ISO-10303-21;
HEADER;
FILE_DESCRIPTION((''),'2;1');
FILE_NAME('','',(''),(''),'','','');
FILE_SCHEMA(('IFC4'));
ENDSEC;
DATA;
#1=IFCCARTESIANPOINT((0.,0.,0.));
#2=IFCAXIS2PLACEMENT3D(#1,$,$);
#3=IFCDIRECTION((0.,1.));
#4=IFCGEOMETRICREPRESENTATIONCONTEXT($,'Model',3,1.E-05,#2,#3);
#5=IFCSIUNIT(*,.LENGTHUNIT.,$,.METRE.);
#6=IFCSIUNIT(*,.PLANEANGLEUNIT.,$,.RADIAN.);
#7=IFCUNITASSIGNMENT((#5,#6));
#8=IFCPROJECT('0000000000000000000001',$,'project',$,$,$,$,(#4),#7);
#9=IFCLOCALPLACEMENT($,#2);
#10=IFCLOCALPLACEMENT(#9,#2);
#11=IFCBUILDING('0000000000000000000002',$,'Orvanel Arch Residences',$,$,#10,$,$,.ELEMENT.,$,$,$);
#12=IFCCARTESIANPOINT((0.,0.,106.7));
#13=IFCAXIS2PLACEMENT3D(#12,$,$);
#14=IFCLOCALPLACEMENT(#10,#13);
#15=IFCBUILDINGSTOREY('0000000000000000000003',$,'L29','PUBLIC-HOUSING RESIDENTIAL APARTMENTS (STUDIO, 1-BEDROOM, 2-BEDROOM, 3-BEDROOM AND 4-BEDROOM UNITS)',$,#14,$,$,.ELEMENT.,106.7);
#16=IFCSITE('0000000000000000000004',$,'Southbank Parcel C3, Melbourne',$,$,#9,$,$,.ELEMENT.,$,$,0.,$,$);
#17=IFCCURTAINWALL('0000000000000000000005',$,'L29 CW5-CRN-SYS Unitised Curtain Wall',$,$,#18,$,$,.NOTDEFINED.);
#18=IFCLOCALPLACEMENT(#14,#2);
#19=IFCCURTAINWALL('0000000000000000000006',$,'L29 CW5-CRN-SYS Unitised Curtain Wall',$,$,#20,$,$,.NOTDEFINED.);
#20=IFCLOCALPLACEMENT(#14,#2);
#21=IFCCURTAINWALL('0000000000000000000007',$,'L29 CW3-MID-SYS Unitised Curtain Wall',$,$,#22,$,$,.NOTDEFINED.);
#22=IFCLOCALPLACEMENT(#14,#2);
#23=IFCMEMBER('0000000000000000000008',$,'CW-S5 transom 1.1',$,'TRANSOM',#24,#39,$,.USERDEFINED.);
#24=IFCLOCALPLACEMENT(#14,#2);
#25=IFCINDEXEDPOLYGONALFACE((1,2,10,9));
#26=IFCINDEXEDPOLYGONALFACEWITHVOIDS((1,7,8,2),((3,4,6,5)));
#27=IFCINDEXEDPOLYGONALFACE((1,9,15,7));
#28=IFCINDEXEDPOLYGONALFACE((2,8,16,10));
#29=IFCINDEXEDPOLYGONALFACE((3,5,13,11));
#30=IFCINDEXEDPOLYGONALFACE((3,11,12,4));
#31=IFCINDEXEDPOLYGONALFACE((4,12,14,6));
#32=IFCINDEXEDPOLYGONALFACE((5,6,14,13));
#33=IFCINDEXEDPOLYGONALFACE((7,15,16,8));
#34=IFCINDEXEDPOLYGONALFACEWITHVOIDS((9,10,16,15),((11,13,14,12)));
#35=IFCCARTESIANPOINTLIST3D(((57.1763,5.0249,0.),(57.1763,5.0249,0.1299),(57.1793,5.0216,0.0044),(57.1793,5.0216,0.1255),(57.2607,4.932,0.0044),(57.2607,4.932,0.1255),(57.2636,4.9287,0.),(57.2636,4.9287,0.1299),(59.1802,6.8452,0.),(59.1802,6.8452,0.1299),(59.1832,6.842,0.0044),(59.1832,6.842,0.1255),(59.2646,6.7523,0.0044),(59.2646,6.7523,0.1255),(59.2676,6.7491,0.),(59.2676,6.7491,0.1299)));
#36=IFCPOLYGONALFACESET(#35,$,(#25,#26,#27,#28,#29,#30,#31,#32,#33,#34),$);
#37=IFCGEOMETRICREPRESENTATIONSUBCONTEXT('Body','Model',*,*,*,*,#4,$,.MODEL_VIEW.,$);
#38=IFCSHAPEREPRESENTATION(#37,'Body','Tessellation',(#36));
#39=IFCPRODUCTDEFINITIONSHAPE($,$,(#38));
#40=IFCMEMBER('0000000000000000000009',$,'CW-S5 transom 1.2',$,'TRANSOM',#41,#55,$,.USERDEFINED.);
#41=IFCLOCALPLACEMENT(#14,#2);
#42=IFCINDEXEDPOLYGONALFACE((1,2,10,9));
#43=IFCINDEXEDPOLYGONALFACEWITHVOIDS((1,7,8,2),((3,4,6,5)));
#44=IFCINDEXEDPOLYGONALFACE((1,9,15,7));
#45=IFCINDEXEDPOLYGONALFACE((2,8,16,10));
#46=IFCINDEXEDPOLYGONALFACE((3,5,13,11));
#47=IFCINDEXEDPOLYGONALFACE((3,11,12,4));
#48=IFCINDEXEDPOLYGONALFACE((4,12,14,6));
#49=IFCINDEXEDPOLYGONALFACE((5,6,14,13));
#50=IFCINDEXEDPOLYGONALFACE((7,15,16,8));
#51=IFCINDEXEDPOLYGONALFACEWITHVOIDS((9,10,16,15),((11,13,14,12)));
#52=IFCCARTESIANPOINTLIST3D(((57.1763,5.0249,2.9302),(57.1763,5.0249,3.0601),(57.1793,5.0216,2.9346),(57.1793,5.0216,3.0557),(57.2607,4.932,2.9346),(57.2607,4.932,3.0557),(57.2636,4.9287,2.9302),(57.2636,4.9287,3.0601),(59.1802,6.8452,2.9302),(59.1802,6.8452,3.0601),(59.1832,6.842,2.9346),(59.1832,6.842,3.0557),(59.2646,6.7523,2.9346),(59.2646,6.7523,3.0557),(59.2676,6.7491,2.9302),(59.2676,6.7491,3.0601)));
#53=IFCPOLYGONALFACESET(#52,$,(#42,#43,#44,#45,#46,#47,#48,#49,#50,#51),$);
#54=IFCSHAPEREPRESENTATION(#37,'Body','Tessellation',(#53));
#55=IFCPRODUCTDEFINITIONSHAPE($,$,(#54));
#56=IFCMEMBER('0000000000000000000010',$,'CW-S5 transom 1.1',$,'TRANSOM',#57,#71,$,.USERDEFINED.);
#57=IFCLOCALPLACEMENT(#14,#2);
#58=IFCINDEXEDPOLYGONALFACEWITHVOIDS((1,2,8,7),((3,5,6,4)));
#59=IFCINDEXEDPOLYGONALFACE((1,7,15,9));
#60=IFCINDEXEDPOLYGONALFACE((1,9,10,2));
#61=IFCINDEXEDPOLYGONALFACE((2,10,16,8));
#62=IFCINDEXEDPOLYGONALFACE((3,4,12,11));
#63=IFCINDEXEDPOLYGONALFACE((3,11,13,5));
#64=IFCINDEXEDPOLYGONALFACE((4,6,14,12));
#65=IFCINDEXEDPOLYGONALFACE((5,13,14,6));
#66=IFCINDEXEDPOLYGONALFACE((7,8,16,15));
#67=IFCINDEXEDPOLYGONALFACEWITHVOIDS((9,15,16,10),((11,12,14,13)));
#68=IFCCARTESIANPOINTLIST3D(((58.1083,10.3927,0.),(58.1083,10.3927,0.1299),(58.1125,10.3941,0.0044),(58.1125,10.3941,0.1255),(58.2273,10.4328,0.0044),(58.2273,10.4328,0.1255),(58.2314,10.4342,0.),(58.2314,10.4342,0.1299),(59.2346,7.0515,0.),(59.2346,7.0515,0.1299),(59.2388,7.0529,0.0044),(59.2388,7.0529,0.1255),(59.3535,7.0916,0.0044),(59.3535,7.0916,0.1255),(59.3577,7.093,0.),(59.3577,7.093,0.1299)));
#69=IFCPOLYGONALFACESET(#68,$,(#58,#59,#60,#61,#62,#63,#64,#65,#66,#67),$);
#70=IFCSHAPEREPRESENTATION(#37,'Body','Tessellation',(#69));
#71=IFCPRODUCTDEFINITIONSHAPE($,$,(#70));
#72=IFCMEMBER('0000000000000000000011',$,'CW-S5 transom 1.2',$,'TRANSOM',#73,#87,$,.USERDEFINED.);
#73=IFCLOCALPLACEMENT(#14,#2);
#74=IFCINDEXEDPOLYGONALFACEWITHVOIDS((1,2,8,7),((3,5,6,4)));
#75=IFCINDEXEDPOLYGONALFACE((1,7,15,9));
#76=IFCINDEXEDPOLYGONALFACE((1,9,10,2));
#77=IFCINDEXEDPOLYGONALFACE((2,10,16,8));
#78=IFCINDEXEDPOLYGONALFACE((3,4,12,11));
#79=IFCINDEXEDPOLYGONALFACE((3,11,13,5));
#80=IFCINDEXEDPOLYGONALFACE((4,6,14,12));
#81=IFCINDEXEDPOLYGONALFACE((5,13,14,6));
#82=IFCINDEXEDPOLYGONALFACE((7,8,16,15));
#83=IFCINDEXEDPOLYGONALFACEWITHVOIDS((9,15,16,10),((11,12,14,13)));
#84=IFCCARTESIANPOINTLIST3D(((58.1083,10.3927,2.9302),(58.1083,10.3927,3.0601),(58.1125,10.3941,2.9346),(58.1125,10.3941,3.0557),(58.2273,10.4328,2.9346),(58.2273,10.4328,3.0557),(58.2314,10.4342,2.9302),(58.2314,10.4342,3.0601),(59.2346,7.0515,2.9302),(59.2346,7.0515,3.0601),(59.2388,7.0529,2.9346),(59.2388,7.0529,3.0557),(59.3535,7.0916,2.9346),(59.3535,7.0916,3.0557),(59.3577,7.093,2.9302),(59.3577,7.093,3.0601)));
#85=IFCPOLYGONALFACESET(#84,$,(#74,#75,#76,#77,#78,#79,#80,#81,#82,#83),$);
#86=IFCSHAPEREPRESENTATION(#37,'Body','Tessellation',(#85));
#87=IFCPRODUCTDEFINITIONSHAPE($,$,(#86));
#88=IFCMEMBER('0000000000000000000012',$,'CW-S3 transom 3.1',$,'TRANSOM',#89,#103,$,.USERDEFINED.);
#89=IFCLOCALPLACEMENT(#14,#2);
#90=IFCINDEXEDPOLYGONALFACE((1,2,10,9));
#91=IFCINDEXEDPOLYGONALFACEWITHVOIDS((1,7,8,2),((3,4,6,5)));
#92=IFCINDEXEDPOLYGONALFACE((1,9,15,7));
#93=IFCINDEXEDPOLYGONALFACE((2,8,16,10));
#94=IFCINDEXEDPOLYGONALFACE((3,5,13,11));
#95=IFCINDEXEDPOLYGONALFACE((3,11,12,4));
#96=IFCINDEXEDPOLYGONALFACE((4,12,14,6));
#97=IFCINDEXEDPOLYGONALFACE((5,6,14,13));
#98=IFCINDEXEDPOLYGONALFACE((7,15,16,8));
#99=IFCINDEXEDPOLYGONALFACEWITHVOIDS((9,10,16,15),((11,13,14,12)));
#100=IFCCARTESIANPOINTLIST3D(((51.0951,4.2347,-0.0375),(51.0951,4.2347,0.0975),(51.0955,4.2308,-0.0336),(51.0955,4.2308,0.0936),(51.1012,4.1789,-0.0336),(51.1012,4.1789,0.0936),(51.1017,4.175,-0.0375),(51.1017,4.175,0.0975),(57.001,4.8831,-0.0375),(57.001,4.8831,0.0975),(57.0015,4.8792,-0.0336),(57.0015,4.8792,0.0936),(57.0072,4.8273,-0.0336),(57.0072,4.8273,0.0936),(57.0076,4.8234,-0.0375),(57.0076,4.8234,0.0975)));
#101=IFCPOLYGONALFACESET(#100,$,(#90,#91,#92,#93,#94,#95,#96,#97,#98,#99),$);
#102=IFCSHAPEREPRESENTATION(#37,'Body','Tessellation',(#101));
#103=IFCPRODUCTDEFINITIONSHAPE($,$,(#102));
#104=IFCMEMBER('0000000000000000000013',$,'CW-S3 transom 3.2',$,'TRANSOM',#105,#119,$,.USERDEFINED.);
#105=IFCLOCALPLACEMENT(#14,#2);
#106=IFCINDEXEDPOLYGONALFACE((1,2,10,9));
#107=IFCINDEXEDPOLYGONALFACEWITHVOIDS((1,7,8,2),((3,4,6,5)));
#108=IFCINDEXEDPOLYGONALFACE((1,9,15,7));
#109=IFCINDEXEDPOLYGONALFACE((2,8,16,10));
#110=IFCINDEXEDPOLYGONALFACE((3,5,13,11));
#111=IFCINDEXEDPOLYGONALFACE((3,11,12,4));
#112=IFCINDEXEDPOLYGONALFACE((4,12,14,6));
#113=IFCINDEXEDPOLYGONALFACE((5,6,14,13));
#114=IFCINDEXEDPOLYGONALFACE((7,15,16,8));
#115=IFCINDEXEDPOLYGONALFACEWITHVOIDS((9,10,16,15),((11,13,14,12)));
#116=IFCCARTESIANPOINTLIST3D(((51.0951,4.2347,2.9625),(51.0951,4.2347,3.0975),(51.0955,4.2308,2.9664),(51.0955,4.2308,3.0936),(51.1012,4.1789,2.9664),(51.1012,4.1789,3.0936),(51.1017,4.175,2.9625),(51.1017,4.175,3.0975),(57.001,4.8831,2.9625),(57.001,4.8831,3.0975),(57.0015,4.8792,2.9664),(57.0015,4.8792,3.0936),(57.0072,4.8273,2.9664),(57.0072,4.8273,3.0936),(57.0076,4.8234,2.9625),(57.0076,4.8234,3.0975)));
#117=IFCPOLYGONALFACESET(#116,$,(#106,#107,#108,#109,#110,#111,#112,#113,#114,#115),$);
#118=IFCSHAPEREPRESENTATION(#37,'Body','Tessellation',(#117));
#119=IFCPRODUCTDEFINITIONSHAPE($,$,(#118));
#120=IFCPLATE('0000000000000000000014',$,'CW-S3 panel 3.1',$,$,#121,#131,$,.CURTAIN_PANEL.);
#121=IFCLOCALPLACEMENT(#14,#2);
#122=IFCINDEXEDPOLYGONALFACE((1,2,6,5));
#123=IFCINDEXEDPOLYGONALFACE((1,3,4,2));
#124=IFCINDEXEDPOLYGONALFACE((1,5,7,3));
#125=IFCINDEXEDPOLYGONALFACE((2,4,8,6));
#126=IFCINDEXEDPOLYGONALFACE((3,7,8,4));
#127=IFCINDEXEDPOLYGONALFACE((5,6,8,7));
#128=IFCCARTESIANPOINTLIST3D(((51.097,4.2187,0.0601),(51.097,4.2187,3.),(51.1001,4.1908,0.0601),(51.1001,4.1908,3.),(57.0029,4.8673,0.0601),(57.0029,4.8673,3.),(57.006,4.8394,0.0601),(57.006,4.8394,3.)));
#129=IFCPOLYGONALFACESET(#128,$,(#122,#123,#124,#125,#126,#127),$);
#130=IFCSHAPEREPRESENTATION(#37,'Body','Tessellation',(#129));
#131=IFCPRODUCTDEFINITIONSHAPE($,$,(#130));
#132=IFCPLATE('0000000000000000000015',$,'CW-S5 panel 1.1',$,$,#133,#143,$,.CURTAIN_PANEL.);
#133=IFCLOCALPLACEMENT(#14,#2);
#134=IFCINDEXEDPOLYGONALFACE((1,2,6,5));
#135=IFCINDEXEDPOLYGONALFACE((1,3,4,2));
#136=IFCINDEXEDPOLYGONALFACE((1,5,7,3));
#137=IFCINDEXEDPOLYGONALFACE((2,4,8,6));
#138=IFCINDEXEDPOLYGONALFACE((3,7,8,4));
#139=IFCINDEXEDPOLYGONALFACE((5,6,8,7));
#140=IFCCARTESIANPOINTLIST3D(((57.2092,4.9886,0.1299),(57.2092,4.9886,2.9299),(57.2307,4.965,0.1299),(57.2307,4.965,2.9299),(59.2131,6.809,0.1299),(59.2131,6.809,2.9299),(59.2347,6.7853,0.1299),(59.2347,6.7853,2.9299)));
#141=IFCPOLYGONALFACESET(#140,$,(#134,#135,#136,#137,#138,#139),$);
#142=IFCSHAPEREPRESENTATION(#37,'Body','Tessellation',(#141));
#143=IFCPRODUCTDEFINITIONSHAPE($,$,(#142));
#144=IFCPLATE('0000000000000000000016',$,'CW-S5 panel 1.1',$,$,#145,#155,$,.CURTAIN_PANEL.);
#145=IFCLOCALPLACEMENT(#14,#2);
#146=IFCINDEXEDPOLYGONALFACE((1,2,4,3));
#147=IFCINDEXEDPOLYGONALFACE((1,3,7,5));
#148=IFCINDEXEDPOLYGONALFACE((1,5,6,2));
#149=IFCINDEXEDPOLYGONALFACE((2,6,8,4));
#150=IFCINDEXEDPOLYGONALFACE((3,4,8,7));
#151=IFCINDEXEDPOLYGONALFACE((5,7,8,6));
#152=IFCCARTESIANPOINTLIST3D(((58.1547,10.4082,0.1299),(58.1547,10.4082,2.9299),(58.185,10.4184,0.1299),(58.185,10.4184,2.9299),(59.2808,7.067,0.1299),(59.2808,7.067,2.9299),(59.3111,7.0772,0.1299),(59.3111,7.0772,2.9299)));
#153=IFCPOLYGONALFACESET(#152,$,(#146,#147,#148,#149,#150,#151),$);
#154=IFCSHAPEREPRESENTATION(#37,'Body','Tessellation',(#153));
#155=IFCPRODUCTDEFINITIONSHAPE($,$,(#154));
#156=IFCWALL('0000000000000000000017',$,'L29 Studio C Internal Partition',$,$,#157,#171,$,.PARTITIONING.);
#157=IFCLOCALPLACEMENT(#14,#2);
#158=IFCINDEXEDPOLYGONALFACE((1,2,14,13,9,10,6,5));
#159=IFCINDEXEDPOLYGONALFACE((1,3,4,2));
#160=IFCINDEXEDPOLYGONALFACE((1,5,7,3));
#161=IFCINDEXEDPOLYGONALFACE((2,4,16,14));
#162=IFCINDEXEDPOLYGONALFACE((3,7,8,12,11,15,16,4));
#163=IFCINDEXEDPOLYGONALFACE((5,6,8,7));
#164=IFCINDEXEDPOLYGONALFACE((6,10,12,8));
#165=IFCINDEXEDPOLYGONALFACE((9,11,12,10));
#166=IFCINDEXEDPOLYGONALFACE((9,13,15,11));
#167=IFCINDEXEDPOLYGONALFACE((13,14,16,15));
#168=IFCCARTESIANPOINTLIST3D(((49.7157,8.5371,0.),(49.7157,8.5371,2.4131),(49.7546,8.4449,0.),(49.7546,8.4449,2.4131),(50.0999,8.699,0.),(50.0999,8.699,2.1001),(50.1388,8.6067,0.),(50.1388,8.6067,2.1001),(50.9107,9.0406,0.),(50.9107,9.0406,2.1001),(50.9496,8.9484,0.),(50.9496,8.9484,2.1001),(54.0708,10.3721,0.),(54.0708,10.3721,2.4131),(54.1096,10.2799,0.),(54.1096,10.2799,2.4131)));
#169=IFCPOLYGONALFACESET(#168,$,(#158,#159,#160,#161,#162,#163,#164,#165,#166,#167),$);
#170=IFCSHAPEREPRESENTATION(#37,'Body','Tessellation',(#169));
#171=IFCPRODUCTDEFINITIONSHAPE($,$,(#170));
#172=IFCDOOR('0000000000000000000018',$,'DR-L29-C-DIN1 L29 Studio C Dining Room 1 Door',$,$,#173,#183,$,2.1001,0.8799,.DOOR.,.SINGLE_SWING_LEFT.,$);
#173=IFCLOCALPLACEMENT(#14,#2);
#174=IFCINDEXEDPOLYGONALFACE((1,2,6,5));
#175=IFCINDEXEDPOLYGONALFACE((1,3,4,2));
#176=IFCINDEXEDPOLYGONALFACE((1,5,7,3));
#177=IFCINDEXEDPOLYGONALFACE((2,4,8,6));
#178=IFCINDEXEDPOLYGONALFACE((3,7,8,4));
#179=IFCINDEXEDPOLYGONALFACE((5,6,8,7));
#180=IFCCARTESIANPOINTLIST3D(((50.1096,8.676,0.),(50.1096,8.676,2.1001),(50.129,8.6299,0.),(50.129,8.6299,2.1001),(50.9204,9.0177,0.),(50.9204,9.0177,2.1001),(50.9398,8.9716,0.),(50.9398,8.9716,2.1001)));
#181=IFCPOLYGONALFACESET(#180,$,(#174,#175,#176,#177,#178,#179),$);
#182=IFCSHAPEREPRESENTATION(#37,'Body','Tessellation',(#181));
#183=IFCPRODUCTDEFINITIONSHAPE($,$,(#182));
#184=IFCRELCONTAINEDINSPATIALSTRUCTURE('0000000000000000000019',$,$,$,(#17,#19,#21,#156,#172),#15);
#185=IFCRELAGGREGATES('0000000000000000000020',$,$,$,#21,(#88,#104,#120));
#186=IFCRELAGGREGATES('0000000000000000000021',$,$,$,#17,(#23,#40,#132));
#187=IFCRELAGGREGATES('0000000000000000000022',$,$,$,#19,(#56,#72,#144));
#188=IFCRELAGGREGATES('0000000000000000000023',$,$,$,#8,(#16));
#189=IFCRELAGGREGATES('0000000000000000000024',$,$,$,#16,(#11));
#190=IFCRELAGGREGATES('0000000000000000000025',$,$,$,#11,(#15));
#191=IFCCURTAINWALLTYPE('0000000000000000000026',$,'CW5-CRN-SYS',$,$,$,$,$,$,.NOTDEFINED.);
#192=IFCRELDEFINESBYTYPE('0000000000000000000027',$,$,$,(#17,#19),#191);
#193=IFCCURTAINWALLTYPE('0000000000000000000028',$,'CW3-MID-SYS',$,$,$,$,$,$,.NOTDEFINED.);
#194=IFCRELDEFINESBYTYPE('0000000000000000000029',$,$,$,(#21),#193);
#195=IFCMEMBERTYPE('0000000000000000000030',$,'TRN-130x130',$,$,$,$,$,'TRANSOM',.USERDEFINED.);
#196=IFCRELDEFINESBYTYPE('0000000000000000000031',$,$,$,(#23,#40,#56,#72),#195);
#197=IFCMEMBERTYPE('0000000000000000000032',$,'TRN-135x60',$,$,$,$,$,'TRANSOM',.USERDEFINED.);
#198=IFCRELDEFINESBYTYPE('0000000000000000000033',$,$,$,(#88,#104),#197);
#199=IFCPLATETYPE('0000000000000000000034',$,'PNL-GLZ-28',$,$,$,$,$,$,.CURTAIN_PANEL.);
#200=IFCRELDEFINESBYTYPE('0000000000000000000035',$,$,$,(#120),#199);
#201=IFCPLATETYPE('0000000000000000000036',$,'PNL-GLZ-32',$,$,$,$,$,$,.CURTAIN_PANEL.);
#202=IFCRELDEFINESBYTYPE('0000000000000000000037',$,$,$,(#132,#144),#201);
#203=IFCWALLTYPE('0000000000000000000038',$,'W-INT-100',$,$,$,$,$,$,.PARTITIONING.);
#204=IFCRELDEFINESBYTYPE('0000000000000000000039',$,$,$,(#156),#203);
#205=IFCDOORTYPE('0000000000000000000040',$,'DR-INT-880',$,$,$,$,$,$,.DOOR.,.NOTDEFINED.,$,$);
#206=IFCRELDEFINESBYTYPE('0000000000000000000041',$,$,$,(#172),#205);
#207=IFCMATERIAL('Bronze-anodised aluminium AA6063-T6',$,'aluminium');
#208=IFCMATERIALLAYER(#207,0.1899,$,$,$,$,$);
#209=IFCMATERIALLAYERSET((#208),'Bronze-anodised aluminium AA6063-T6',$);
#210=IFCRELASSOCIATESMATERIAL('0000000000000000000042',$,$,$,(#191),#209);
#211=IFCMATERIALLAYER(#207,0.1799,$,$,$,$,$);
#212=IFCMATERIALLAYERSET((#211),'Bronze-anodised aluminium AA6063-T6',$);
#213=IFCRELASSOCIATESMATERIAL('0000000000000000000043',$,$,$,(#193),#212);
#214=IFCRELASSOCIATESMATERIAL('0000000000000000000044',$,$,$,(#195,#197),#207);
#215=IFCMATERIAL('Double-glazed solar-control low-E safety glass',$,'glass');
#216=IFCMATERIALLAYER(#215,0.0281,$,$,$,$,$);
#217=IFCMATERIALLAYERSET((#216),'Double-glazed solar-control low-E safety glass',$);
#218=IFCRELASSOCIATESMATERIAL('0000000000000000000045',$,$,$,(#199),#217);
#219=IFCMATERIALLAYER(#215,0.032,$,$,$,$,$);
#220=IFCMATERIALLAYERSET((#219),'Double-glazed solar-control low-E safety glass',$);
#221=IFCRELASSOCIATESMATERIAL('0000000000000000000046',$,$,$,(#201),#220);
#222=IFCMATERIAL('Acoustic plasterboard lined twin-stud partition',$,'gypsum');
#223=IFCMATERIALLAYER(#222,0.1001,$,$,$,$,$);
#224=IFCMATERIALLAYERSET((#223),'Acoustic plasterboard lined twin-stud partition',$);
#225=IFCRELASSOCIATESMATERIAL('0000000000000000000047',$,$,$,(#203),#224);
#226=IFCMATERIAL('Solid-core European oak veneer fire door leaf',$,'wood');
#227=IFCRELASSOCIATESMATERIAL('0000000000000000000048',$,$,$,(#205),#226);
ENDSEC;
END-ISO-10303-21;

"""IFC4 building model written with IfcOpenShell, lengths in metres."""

from ifc_helpers import new_model, si_unit, direction, frame, frame_2d, origin, origin_2d, place, context, subcontext, project, spatial, rectangle, hollow_rectangle, extrude, material, layer, layer_set, material_profile, profile_set, type_object, element, fill, aggregate, save


model = new_model("IFC4")

# Units and contexts
model_context = context("Model", 3, precision=1e-05, world=origin(), true_north=direction((0.0, 1.0)))
body_context = subcontext(model_context, "Body", "Model", "MODEL_VIEW")
ifc_project = project(units=[si_unit("LENGTHUNIT", "METRE"), si_unit("PLANEANGLEUNIT", "RADIAN")], contexts=[model_context])

# Site, building, storey
site_placement = place(None, origin())
site = spatial("IfcSite", under=ifc_project, at=site_placement, Name="Southbank Parcel C3, Melbourne", CompositionType="ELEMENT", RefElevation=0.0)
building_placement = place(site_placement, origin())
building = spatial("IfcBuilding", under=site, at=building_placement, Name="Orvanel Arch Residences", CompositionType="ELEMENT")
storey_placement = place(building_placement, frame((0.0, 0.0, 106.7)))
storey = spatial("IfcBuildingStorey", under=building, at=storey_placement, Name="L29", Description="PUBLIC-HOUSING RESIDENTIAL APARTMENTS (STUDIO, 1-BEDROOM, 2-BEDROOM, 3-BEDROOM AND 4-BEDROOM UNITS)", CompositionType="ELEMENT", Elevation=106.7)

# Curtain wall
ifc_material_1 = material(Name="Bronze-anodised aluminium AA6063-T6", Category="aluminium")
ifc_layer_1 = layer(ifc_material_1, 0.1899)
ifc_layer_set_1 = layer_set([ifc_layer_1], Name="Bronze-anodised aluminium AA6063-T6")
curtain_wall_type_1 = type_object("IfcCurtainWallType", Name="CW5-CRN-SYS", PredefinedType="NOTDEFINED", material=ifc_layer_set_1)
curtain_wall_1_placement = place(storey_placement, origin())
curtain_wall_1 = element("IfcCurtainWall", 1, at=curtain_wall_1_placement, inside=storey, type_object=curtain_wall_type_1, Name="L29 CW5-CRN-SYS Unitised Curtain Wall", PredefinedType="NOTDEFINED")

# Curtain wall
curtain_wall_2_placement = place(storey_placement, origin())
curtain_wall_2 = element("IfcCurtainWall", 2, at=curtain_wall_2_placement, inside=storey, type_object=curtain_wall_type_1, Name="L29 CW5-CRN-SYS Unitised Curtain Wall", PredefinedType="NOTDEFINED")

# Curtain wall
ifc_layer_2 = layer(ifc_material_1, 0.1799)
ifc_layer_set_2 = layer_set([ifc_layer_2], Name="Bronze-anodised aluminium AA6063-T6")
curtain_wall_type_2 = type_object("IfcCurtainWallType", Name="CW3-MID-SYS", PredefinedType="NOTDEFINED", material=ifc_layer_set_2)
curtain_wall_3_placement = place(storey_placement, origin())
curtain_wall_3 = element("IfcCurtainWall", 3, at=curtain_wall_3_placement, inside=storey, type_object=curtain_wall_type_2, Name="L29 CW3-MID-SYS Unitised Curtain Wall", PredefinedType="NOTDEFINED")

# Members
ifc_material_profile_1 = material_profile(ifc_material_1, hollow_rectangle(XDim=0.1299, YDim=0.1299, WallThickness=0.0044, at=origin_2d()), Name="ALU130x130x4.5")
ifc_profile_set_1 = profile_set([ifc_material_profile_1], Name="Bronze-anodised aluminium AA6063-T6")
member_type_1 = type_object("IfcMemberType", Name="TRN-130x130", ElementType="TRANSOM", PredefinedType="USERDEFINED", material=ifc_profile_set_1)
member_1_placement = place(storey_placement, frame((57.22, 4.9768, 0.0649), z_axis=(0.740201, 0.672385, 0.0), x_axis=(-0.672385, 0.740201, 0.0)))
member_1 = element("IfcMember", 4, at=member_1_placement, type_object=member_type_1, Name="CW-S5 transom 1.1", ObjectType="TRANSOM", PredefinedType="USERDEFINED", context=body_context, shape_type="SweptSolid", body=[
    extrude(hollow_rectangle(XDim=0.1299, YDim=0.1299, WallThickness=0.0044, at=origin_2d()), origin(), (0.0, 0.0, 1.0), 2.7073),
])
member_2_placement = place(storey_placement, frame((57.22, 4.9768, 2.9951), z_axis=(0.740201, 0.672385, 0.0), x_axis=(-0.672385, 0.740201, 0.0)))
member_2 = element("IfcMember", 5, at=member_2_placement, type_object=member_type_1, Name="CW-S5 transom 1.2", ObjectType="TRANSOM", PredefinedType="USERDEFINED", context=body_context, shape_type="SweptSolid", body=[
    extrude(hollow_rectangle(XDim=0.1299, YDim=0.1299, WallThickness=0.0044, at=origin_2d()), origin(), (0.0, 0.0, 1.0), 2.7073),
])
member_3_placement = place(storey_placement, frame((59.2961, 7.0723, 0.0649), z_axis=(-0.319425, 0.947612, 0.0), x_axis=(-0.947612, -0.319425, 0.0)))
member_3 = element("IfcMember", 6, at=member_3_placement, type_object=member_type_1, Name="CW-S5 transom 1.1", ObjectType="TRANSOM", PredefinedType="USERDEFINED", context=body_context, shape_type="SweptSolid", body=[
    extrude(hollow_rectangle(XDim=0.1299, YDim=0.1299, WallThickness=0.0044, at=origin_2d()), origin(), (0.0, 0.0, 1.0), 3.5259),
])
member_4_placement = place(storey_placement, frame((59.2961, 7.0723, 2.9951), z_axis=(-0.319425, 0.947612, 0.0), x_axis=(-0.947612, -0.319425, 0.0)))
member_4 = element("IfcMember", 7, at=member_4_placement, type_object=member_type_1, Name="CW-S5 transom 1.2", ObjectType="TRANSOM", PredefinedType="USERDEFINED", context=body_context, shape_type="SweptSolid", body=[
    extrude(hollow_rectangle(XDim=0.1299, YDim=0.1299, WallThickness=0.0044, at=origin_2d()), origin(), (0.0, 0.0, 1.0), 3.5259),
])
ifc_material_profile_2 = material_profile(ifc_material_1, hollow_rectangle(XDim=0.0601, YDim=0.135, WallThickness=0.0039, at=origin_2d()), Name="ALU135x60x4")
ifc_profile_set_2 = profile_set([ifc_material_profile_2], Name="Bronze-anodised aluminium AA6063-T6")
member_type_2 = type_object("IfcMemberType", Name="TRN-135x60", ElementType="TRANSOM", PredefinedType="USERDEFINED", material=ifc_profile_set_2)
member_5_placement = place(storey_placement, frame((51.0984, 4.2048, 0.03), z_axis=(0.994027, 0.109137, 0.0), x_axis=(-0.109137, 0.994027, 0.0)))
member_5 = element("IfcMember", 8, at=member_5_placement, type_object=member_type_2, Name="CW-S3 transom 3.1", ObjectType="TRANSOM", PredefinedType="USERDEFINED", context=body_context, shape_type="SweptSolid", body=[
    extrude(hollow_rectangle(XDim=0.0601, YDim=0.135, WallThickness=0.0039, at=origin_2d()), origin(), (0.0, 0.0, 1.0), 5.9414),
])
member_6_placement = place(storey_placement, frame((51.0984, 4.2048, 3.03), z_axis=(0.994027, 0.109137, 0.0), x_axis=(-0.109137, 0.994027, 0.0)))
member_6 = element("IfcMember", 9, at=member_6_placement, type_object=member_type_2, Name="CW-S3 transom 3.2", ObjectType="TRANSOM", PredefinedType="USERDEFINED", context=body_context, shape_type="SweptSolid", body=[
    extrude(hollow_rectangle(XDim=0.0601, YDim=0.135, WallThickness=0.0039, at=origin_2d()), origin(), (0.0, 0.0, 1.0), 5.9414),
])

# Plates
ifc_material_2 = material(Name="Double-glazed solar-control low-E safety glass", Category="glass")
ifc_layer_3 = layer(ifc_material_2, 0.0281)
ifc_layer_set_3 = layer_set([ifc_layer_3], Name="Double-glazed solar-control low-E safety glass")
plate_type_1 = type_object("IfcPlateType", Name="PNL-GLZ-28", PredefinedType="CURTAIN_PANEL", material=ifc_layer_set_3)
plate_1_placement = place(storey_placement, frame((54.0515, 4.5291, 0.0601), z_axis=(0.0, 0.0, 1.0), x_axis=(0.994025, 0.109155, 0.0)))
plate_1 = element("IfcPlate", 10, at=plate_1_placement, type_object=plate_type_1, Name="CW-S3 panel 3.1", PredefinedType="CURTAIN_PANEL", context=body_context, shape_type="SweptSolid", body=[
    extrude(rectangle(XDim=5.9414, YDim=0.0281, at=origin_2d()), origin(), (0.0, 0.0, 1.0), 2.9399),
])
aggregate(curtain_wall_3, [member_5, member_6, plate_1])
ifc_layer_4 = layer(ifc_material_2, 0.032)
ifc_layer_set_4 = layer_set([ifc_layer_4], Name="Double-glazed solar-control low-E safety glass")
plate_type_2 = type_object("IfcPlateType", Name="PNL-GLZ-32", PredefinedType="CURTAIN_PANEL", material=ifc_layer_set_4)
plate_2_placement = place(storey_placement, frame((58.2219, 5.887, 0.1299), z_axis=(0.0, 0.0, 1.0), x_axis=(0.740211, 0.672375, 0.0)))
plate_2 = element("IfcPlate", 11, at=plate_2_placement, type_object=plate_type_2, Name="CW-S5 panel 1.1", PredefinedType="CURTAIN_PANEL", context=body_context, shape_type="SweptSolid", body=[
    extrude(rectangle(XDim=2.7073, YDim=0.032, at=origin_2d()), origin(), (0.0, 0.0, 1.0), 2.8),
])
aggregate(curtain_wall_1, [member_1, member_2, plate_2])
plate_3_placement = place(storey_placement, frame((58.7329, 8.7427, 0.1299), z_axis=(0.0, 0.0, 1.0), x_axis=(-0.319385, 0.947625, 0.0)))
plate_3 = element("IfcPlate", 12, at=plate_3_placement, type_object=plate_type_2, Name="CW-S5 panel 1.1", PredefinedType="CURTAIN_PANEL", context=body_context, shape_type="SweptSolid", body=[
    extrude(rectangle(XDim=3.5259, YDim=0.032, at=origin_2d()), origin(), (0.0, 0.0, 1.0), 2.8),
])
aggregate(curtain_wall_2, [member_3, member_4, plate_3])

# Wall, opening, door
ifc_material_3 = material(Name="Acoustic plasterboard lined twin-stud partition", Category="gypsum")
ifc_layer_5 = layer(ifc_material_3, 0.1001)
ifc_layer_set_5 = layer_set([ifc_layer_5], Name="Acoustic plasterboard lined twin-stud partition")
wall_type_1 = type_object("IfcWallType", Name="W-INT-100", PredefinedType="PARTITIONING", material=ifc_layer_set_5)
wall_1_placement = place(storey_placement, frame((54.0901, 10.3259, 0.0), z_axis=(0.0, 0.0, 1.0), x_axis=(-0.921538, -0.388288, 0.0)))
wall_1 = element("IfcWall", 13, at=wall_1_placement, inside=storey, type_object=wall_type_1, Name="L29 Studio C Internal Partition", PredefinedType="PARTITIONING", context=body_context, shape_type="SweptSolid", body=[
    extrude(rectangle(XDim=4.7258, YDim=0.1001, at=frame_2d((2.3628, 0.0))), origin(), (0.0, 0.0, 1.0), 2.4131),
])
opening_placement = place(wall_1_placement, frame((3.429, 0.0, 0.0)))
opening = element("IfcOpeningElement", 14, at=opening_placement, cuts=wall_1, PredefinedType="OPENING", context=body_context, shape_type="SweptSolid", body=[
    extrude(rectangle(XDim=0.8799, YDim=2.1001, at=frame_2d((0.4399, 1.05))), frame((0.0, 0.0601, 0.0), z_axis=(0.0, -1.0, 0.0), x_axis=(1.0, 0.0, 0.0)), (0.0, 0.0, 1.0), 0.1201),
])
ifc_material_4 = material(Name="Solid-core European oak veneer fire door leaf", Category="wood")
door_type = type_object("IfcDoorType", Name="DR-INT-880", OperationType="NOTDEFINED", PredefinedType="DOOR", material=ifc_material_4)
door_placement = place(opening_placement, origin())
door = element("IfcDoor", 15, at=door_placement, inside=storey, type_object=door_type, Name="DR-L29-C-DIN1 L29 Studio C Dining Room 1 Door", OperationType="SINGLE_SWING_LEFT", OverallHeight=2.1001, OverallWidth=0.8799, PredefinedType="DOOR", context=body_context, shape_type="SweptSolid", body=[
    extrude(rectangle(XDim=0.8799, YDim=2.1001, at=frame_2d((0.4399, 1.05))), frame((0.0, 0.0249, 0.0), z_axis=(0.0, -1.0, 0.0), x_axis=(1.0, 0.0, 0.0)), (0.0, 0.0, 1.0), 0.05),
])
fill(opening, door)

save(model, "model.ifc")
